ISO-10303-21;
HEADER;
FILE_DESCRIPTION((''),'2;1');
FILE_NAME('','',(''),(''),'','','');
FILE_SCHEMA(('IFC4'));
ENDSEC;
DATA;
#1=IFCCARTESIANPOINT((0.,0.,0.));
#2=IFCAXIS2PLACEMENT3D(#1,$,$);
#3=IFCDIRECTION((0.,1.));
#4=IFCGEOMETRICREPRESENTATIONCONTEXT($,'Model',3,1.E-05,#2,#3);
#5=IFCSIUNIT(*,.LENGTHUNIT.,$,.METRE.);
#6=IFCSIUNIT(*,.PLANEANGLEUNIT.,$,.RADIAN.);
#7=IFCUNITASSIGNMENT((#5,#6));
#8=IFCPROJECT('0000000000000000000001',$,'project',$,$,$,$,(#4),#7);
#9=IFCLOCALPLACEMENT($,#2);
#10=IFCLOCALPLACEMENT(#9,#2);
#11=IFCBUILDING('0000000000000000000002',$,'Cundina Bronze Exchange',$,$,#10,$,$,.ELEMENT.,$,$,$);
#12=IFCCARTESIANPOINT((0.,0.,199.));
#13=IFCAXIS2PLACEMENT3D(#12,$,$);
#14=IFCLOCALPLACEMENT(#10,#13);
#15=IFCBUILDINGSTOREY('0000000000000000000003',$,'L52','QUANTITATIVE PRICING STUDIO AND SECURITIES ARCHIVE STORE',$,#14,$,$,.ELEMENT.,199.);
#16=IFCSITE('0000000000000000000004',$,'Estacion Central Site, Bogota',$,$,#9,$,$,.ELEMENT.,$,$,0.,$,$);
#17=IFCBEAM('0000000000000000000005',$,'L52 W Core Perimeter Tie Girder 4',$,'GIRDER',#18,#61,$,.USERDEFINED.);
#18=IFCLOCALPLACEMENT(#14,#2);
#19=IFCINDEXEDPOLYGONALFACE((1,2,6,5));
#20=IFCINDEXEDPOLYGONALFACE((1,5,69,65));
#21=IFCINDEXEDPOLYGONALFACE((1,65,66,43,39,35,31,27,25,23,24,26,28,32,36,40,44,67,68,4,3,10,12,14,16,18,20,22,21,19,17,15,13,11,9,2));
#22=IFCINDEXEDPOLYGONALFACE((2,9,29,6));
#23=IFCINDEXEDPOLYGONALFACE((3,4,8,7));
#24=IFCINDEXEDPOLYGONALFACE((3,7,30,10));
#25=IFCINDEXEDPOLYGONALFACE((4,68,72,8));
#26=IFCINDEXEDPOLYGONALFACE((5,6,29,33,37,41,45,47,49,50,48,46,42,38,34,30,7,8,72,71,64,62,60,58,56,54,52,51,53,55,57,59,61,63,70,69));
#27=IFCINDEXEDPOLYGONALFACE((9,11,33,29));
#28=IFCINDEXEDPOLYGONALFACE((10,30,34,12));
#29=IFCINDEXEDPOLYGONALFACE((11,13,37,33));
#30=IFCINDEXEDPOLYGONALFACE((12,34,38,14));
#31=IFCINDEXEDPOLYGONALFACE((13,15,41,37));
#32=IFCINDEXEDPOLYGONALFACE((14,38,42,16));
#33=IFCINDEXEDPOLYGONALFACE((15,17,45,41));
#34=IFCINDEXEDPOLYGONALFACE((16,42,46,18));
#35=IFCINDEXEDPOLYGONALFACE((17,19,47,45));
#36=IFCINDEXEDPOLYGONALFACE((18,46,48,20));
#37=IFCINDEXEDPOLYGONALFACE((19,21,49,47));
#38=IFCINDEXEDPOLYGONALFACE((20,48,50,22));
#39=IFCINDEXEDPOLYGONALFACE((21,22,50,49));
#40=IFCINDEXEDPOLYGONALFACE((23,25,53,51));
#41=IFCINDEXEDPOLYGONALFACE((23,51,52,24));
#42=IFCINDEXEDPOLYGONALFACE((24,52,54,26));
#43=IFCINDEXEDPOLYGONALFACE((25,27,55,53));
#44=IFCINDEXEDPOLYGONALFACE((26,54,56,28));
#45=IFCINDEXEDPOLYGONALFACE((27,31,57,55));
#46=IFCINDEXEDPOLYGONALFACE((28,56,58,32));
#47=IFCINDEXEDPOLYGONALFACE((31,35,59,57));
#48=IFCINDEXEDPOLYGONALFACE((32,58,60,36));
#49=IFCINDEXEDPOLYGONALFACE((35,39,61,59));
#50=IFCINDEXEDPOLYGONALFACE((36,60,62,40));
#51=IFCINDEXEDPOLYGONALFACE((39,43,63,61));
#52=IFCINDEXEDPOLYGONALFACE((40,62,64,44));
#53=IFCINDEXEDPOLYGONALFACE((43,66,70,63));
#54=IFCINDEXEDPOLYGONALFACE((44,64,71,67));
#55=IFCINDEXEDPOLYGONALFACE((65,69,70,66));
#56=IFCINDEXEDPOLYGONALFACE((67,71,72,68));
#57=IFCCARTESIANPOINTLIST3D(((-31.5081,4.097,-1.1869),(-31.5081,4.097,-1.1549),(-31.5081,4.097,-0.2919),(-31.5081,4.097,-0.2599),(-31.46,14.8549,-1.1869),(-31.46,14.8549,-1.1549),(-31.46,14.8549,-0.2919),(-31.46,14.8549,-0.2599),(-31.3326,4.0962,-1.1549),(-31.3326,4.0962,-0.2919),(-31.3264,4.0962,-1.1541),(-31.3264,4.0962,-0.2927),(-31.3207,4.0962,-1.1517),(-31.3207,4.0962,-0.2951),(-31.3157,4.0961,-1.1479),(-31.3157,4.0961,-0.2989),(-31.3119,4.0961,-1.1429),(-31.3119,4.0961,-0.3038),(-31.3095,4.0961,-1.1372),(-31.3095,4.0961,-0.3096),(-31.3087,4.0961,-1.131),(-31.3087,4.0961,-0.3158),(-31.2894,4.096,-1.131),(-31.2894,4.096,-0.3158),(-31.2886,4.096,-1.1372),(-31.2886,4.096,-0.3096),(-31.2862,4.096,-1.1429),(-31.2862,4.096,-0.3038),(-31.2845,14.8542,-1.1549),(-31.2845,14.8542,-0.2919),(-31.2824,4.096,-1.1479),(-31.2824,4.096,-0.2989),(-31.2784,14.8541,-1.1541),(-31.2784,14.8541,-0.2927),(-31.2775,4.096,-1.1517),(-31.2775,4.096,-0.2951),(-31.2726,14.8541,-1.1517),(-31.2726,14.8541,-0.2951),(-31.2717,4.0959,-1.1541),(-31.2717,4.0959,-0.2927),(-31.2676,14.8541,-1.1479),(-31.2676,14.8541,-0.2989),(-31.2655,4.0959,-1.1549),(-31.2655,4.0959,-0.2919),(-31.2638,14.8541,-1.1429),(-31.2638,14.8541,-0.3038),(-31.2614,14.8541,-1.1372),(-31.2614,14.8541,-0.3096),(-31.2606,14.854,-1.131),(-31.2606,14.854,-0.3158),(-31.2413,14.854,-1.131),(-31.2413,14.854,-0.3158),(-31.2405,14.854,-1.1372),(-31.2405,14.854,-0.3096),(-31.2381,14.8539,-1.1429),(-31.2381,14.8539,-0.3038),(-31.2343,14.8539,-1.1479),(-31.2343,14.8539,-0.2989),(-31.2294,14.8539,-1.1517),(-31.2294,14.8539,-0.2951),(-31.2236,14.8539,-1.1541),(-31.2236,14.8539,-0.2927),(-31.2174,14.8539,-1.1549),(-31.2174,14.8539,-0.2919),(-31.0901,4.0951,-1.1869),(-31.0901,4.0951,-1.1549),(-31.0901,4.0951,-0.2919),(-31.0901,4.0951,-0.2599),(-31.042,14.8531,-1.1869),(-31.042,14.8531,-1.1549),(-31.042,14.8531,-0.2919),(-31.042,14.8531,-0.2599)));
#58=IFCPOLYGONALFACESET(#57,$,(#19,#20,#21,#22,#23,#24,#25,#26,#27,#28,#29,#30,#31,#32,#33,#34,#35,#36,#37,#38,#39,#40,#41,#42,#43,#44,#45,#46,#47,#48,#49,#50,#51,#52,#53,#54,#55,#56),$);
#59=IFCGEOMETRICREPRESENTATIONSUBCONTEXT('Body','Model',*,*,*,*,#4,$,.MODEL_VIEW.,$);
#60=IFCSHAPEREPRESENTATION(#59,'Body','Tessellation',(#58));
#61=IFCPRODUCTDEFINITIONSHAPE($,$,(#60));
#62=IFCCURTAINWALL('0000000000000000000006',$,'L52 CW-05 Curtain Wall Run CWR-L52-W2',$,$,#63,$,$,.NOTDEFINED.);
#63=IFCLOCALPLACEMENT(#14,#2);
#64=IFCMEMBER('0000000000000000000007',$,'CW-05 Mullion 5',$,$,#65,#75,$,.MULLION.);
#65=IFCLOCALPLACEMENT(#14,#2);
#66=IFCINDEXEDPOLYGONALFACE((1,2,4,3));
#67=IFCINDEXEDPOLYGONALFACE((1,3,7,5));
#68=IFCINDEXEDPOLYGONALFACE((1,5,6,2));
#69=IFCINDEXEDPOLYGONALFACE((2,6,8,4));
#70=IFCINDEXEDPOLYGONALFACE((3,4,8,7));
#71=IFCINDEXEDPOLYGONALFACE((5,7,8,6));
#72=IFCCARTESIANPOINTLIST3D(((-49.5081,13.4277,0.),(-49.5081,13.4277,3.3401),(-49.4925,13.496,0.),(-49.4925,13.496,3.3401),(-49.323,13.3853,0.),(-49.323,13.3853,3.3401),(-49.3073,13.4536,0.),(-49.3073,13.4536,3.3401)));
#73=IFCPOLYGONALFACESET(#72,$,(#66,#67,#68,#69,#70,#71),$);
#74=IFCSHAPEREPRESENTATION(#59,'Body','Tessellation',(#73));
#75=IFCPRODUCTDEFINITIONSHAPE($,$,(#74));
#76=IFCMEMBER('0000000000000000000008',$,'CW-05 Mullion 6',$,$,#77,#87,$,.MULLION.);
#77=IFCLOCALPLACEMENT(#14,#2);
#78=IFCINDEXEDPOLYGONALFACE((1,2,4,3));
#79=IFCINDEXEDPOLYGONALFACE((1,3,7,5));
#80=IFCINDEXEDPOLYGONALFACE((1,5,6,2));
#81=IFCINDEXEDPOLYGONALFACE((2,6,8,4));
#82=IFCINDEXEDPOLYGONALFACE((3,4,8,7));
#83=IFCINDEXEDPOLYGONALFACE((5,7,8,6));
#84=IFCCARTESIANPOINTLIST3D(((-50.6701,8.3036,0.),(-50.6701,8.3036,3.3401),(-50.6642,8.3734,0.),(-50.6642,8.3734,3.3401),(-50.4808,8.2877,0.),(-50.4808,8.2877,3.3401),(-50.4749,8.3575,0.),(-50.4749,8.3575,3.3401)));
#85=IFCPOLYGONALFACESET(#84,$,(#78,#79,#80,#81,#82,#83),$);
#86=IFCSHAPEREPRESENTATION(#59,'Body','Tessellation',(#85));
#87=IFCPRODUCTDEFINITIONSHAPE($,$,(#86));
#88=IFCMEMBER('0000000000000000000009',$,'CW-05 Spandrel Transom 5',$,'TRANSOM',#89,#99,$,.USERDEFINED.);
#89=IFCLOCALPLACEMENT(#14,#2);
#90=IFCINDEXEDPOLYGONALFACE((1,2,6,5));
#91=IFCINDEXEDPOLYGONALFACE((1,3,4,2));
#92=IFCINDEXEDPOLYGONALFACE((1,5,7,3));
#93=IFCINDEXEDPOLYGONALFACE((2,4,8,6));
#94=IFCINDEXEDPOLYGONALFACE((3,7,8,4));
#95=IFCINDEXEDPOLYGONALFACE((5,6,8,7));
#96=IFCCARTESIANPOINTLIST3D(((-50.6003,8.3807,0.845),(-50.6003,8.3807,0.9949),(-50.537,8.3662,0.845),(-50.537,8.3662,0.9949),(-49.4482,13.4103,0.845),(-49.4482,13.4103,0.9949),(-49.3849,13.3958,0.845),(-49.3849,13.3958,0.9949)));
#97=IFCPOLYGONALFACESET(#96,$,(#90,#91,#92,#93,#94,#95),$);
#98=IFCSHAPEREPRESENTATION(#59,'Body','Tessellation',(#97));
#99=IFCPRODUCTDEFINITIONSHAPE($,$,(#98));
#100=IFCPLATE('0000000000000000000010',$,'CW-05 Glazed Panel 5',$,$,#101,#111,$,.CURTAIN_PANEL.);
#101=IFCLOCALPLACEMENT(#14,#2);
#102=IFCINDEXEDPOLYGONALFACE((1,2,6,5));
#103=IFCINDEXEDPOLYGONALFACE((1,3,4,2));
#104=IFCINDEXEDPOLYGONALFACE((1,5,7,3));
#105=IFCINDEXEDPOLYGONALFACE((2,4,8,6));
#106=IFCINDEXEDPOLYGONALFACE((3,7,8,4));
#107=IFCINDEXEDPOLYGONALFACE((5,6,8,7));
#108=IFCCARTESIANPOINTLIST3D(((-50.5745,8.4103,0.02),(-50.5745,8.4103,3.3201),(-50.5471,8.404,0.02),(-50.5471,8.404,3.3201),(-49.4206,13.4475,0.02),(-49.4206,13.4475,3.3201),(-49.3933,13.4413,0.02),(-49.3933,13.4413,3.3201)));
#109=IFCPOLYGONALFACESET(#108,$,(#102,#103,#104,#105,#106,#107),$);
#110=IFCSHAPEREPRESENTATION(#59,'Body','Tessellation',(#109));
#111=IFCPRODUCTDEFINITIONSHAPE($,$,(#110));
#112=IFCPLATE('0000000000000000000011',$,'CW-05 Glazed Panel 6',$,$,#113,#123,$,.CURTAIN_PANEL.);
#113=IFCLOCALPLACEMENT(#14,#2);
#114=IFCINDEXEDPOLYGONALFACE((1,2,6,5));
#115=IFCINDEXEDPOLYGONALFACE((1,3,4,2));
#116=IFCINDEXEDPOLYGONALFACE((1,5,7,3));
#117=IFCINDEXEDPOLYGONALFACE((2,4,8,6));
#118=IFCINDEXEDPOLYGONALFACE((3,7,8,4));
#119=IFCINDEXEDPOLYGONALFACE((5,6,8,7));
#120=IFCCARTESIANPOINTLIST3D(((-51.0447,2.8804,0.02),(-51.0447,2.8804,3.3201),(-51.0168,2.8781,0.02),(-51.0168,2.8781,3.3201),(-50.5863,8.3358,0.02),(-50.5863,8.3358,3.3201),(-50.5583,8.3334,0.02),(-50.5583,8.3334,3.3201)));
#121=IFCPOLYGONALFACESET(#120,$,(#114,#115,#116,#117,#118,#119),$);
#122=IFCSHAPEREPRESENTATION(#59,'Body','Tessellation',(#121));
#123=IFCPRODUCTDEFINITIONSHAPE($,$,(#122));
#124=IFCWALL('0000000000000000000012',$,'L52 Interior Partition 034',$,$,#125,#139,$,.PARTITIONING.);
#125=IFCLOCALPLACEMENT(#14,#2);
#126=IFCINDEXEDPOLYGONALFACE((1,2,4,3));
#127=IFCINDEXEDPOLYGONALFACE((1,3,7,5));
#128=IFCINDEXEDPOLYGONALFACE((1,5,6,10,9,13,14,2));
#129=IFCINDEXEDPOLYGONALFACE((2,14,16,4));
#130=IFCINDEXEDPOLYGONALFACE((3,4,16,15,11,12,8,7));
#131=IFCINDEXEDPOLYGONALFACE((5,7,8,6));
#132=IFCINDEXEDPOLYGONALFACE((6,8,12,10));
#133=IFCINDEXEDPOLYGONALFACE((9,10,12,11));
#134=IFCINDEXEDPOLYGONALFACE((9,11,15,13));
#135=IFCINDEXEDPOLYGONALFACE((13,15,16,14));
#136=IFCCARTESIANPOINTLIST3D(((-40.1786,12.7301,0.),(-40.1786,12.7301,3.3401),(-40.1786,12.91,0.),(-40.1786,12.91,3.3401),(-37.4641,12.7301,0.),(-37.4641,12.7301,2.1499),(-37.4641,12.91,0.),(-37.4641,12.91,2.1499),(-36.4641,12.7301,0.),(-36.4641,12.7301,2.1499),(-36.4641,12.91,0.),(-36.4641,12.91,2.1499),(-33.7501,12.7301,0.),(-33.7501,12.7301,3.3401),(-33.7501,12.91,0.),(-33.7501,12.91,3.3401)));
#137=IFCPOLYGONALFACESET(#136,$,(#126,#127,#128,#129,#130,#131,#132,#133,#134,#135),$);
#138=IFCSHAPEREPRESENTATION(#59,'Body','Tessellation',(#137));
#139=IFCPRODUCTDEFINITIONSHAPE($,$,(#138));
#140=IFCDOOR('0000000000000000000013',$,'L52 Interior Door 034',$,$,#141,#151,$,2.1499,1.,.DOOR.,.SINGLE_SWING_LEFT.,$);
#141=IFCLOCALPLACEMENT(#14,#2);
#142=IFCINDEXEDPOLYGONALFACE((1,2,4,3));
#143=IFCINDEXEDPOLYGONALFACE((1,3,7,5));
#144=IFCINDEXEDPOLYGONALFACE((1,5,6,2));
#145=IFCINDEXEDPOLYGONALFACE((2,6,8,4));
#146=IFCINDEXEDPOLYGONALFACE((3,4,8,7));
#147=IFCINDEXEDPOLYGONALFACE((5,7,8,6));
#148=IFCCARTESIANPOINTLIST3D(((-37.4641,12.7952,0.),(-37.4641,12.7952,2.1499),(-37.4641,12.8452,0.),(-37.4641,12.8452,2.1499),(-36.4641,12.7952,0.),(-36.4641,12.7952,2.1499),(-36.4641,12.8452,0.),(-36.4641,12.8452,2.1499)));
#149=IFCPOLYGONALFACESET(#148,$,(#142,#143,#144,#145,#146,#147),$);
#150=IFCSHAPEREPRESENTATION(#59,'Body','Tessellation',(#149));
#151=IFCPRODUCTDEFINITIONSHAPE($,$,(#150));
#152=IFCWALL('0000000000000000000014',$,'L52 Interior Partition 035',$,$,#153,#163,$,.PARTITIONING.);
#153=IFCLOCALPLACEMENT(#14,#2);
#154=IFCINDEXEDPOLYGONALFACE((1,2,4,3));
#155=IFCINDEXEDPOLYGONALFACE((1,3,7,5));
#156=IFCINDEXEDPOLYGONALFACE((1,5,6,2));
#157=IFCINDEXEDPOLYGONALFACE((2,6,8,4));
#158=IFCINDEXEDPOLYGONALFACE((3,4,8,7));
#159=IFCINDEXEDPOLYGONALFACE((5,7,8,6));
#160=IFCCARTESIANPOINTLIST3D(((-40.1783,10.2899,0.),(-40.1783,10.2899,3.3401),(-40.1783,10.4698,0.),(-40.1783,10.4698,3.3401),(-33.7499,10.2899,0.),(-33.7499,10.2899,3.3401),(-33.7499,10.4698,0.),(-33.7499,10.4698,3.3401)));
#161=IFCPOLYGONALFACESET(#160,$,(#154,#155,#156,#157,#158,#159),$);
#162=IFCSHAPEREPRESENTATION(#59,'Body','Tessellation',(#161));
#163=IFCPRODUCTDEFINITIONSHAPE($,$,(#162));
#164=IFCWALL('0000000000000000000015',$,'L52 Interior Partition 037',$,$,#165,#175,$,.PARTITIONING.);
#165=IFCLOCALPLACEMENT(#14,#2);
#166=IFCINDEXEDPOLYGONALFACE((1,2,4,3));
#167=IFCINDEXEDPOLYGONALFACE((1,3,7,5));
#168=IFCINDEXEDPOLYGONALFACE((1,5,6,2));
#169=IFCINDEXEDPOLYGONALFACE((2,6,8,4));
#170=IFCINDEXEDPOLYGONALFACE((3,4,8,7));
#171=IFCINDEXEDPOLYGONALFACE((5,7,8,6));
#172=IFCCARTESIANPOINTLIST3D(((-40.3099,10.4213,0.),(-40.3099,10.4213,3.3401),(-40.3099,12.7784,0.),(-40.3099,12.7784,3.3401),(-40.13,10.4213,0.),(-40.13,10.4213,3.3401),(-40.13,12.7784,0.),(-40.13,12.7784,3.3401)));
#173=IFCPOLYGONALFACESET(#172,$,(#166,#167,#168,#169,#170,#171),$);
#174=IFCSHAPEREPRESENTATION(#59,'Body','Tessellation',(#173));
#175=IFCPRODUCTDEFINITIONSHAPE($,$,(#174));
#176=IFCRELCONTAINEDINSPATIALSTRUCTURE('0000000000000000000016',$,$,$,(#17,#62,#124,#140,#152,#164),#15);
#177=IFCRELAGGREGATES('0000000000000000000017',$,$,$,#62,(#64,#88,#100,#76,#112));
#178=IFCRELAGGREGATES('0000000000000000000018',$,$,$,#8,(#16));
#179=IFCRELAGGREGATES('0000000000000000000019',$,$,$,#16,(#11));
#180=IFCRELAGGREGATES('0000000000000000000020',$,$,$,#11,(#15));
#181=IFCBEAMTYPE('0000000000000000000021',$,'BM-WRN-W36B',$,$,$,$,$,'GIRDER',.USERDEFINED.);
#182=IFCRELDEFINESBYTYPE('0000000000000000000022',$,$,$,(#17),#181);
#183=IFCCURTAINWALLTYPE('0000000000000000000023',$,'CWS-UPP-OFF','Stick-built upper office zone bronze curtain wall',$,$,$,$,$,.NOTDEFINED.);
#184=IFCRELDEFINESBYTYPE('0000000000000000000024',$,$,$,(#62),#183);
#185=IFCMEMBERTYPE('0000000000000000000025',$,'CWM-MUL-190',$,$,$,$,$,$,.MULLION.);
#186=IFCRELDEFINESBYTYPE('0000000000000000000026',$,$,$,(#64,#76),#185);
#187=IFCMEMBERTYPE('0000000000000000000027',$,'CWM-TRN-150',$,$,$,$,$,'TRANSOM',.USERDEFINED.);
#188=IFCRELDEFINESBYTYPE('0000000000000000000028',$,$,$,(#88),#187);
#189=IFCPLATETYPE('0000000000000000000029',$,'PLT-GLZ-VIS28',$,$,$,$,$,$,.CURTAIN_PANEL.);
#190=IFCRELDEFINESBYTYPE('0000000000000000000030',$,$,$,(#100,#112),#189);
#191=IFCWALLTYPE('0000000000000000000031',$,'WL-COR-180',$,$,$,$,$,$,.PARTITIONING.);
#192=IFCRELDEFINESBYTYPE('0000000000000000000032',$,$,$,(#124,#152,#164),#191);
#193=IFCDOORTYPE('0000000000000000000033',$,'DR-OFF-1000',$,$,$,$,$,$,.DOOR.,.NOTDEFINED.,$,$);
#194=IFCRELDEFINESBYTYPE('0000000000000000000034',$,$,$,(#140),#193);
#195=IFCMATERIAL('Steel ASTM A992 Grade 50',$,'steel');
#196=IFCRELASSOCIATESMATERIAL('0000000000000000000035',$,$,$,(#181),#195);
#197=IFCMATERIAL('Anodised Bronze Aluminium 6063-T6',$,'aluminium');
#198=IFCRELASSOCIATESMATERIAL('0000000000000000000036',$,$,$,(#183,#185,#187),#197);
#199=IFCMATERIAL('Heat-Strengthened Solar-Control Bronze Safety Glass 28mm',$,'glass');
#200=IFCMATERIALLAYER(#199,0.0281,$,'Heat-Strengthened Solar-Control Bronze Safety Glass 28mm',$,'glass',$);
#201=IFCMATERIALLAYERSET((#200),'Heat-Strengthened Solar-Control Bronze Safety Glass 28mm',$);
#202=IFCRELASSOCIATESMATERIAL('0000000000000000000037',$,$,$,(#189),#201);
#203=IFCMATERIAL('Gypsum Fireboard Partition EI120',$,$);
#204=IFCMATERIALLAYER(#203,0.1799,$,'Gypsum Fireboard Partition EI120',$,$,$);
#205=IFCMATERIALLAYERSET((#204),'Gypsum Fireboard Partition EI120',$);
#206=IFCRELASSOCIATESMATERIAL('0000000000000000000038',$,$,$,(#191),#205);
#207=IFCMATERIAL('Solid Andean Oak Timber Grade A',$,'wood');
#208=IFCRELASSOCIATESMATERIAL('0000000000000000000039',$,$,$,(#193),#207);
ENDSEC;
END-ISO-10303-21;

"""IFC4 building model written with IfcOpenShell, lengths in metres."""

from ifc_helpers import new_model, si_unit, direction, frame, frame_2d, origin, origin_2d, place, context, subcontext, project, spatial, rectangle, i_section, extrude, material, layer, layer_set, material_profile, profile_set, type_object, element, fill, aggregate, save


model = new_model("IFC4")

# Units and contexts
model_context = context("Model", 3, precision=1e-05, world=origin(), true_north=direction((0.0, 1.0)))
body_context = subcontext(model_context, "Body", "Model", "MODEL_VIEW")
ifc_project = project(units=[si_unit("LENGTHUNIT", "METRE"), si_unit("PLANEANGLEUNIT", "RADIAN")], contexts=[model_context])

# Site, building, storey
site_placement = place(None, origin())
site = spatial("IfcSite", under=ifc_project, at=site_placement, Name="Estacion Central Site, Bogota", CompositionType="ELEMENT", RefElevation=0.0)
building_placement = place(site_placement, origin())
building = spatial("IfcBuilding", under=site, at=building_placement, Name="Cundina Bronze Exchange", CompositionType="ELEMENT")
storey_placement = place(building_placement, frame((0.0, 0.0, 199.0)))
storey = spatial("IfcBuildingStorey", under=building, at=storey_placement, Name="L52", Description="QUANTITATIVE PRICING STUDIO AND SECURITIES ARCHIVE STORE", CompositionType="ELEMENT", Elevation=199.0)

# Shared definitions
ifc_material_1 = material(Name="Steel ASTM A992 Grade 50", Category="steel")

# Beam
ifc_material_profile_1 = material_profile(ifc_material_1, i_section(OverallWidth=0.418, OverallDepth=0.927, WebThickness=0.0193, FlangeThickness=0.032, FilletRadius=0.0239, at=origin_2d()), Name="W36X231", Category="steel")
ifc_profile_set_1 = profile_set([ifc_material_profile_1], Name="Steel ASTM A992 Grade 50")
beam_type_1 = type_object("IfcBeamType", Name="BM-WRN-W36B", ElementType="GIRDER", PredefinedType="USERDEFINED", material=ifc_profile_set_1)
beam_1_placement = place(storey_placement, frame((-31.251, 14.854, -0.7234), z_axis=(-0.004471, -0.99999, 0.0), x_axis=(0.99999, -0.004471, 0.0)))
element("IfcBeam", 1, at=beam_1_placement, inside=storey, type_object=beam_type_1, Name="L52 W Core Perimeter Tie Girder 4", ObjectType="GIRDER", PredefinedType="USERDEFINED", context=body_context, shape_type="SweptSolid", body=[
    extrude(i_section(OverallWidth=0.418, OverallDepth=0.927, WebThickness=0.0193, FlangeThickness=0.032, FilletRadius=0.0239, at=origin_2d()), origin(), (0.0, 0.0, 1.0), 10.7581),
])

# Curtain wall, members, plates
ifc_material_2 = material(Name="Anodised Bronze Aluminium 6063-T6", Category="aluminium")
curtain_wall_type = type_object("IfcCurtainWallType", Name="CWS-UPP-OFF", Description="Stick-built upper office zone bronze curtain wall", PredefinedType="NOTDEFINED", material=ifc_material_2)
curtain_wall_placement = place(storey_placement, origin())
curtain_wall = element("IfcCurtainWall", 2, at=curtain_wall_placement, inside=storey, type_object=curtain_wall_type, Name="L52 CW-05 Curtain Wall Run CWR-L52-W2", PredefinedType="NOTDEFINED")
ifc_material_profile_2 = material_profile(ifc_material_2, rectangle(XDim=0.0701, YDim=0.1899, at=origin_2d()), Name="AL70X190", Category="aluminium")
ifc_profile_set_2 = profile_set([ifc_material_profile_2], Name="Anodised Bronze Aluminium 6063-T6")
member_type_1 = type_object("IfcMemberType", Name="CWM-MUL-190", PredefinedType="MULLION", material=ifc_profile_set_2)
member_1_placement = place(storey_placement, frame((-49.4077, 13.4407, 0.0), z_axis=(0.0, 0.0, 1.0), x_axis=(-0.22325, -0.974761, 0.0)))
member_1 = element("IfcMember", 3, at=member_1_placement, type_object=member_type_1, Name="CW-05 Mullion 5", PredefinedType="MULLION", context=body_context, shape_type="SweptSolid", body=[
    extrude(rectangle(XDim=0.0701, YDim=0.1899, at=origin_2d()), origin(), (0.0, 0.0, 1.0), 3.3401),
])
member_2_placement = place(storey_placement, frame((-50.5725, 8.3306, 0.0), z_axis=(0.0, 0.0, 1.0), x_axis=(-0.083678, -0.996493, 0.0)))
member_2 = element("IfcMember", 4, at=member_2_placement, type_object=member_type_1, Name="CW-05 Mullion 6", PredefinedType="MULLION", context=body_context, shape_type="SweptSolid", body=[
    extrude(rectangle(XDim=0.0701, YDim=0.1899, at=origin_2d()), origin(), (0.0, 0.0, 1.0), 3.3401),
])
ifc_material_profile_3 = material_profile(ifc_material_2, rectangle(XDim=0.0649, YDim=0.1499, at=origin_2d()), Name="AL65X150", Category="aluminium")
ifc_profile_set_3 = profile_set([ifc_material_profile_3], Name="Anodised Bronze Aluminium 6063-T6")
member_type_2 = type_object("IfcMemberType", Name="CWM-TRN-150", ElementType="TRANSOM", PredefinedType="USERDEFINED", material=ifc_profile_set_3)
member_3_placement = place(storey_placement, frame((-49.4165, 13.4031, 0.9199), z_axis=(-0.223283, -0.974754, 0.0), x_axis=(0.974754, -0.223283, 0.0)))
member_3 = element("IfcMember", 5, at=member_3_placement, type_object=member_type_2, Name="CW-05 Spandrel Transom 5", ObjectType="TRANSOM", PredefinedType="USERDEFINED", context=body_context, shape_type="SweptSolid", body=[
    extrude(rectangle(XDim=0.0649, YDim=0.1499, at=origin_2d()), origin(), (0.0, 0.0, 1.0), 5.1599),
])
ifc_material_3 = material(Name="Heat-Strengthened Solar-Control Bronze Safety Glass 28mm", Category="glass")
ifc_layer_1 = layer(ifc_material_3, 0.0281, Name="Heat-Strengthened Solar-Control Bronze Safety Glass 28mm", Category="glass")
ifc_layer_set_1 = layer_set([ifc_layer_1], Name="Heat-Strengthened Solar-Control Bronze Safety Glass 28mm")
plate_type = type_object("IfcPlateType", Name="PLT-GLZ-VIS28", PredefinedType="CURTAIN_PANEL", material=ifc_layer_set_1)
plate_1_placement = place(storey_placement, frame((-49.9839, 10.9258, 0.02), z_axis=(0.0, 0.0, 1.0), x_axis=(-0.223284, -0.974753, 0.0)))
plate_1 = element("IfcPlate", 6, at=plate_1_placement, type_object=plate_type, Name="CW-05 Glazed Panel 5", PredefinedType="CURTAIN_PANEL", context=body_context, shape_type="SweptSolid", body=[
    extrude(rectangle(XDim=5.1677, YDim=0.0281, at=origin_2d()), origin(), (0.0, 0.0, 1.0), 3.3),
])
plate_2_placement = place(storey_placement, frame((-50.8015, 5.6069, 0.02), z_axis=(0.0, 0.0, 1.0), x_axis=(-0.083747, -0.996487, 0.0)))
plate_2 = element("IfcPlate", 7, at=plate_2_placement, type_object=plate_type, Name="CW-05 Glazed Panel 6", PredefinedType="CURTAIN_PANEL", context=body_context, shape_type="SweptSolid", body=[
    extrude(rectangle(XDim=5.4746, YDim=0.0281, at=origin_2d()), origin(), (0.0, 0.0, 1.0), 3.3),
])
aggregate(curtain_wall, [member_1, member_3, plate_1, member_2, plate_2])

# Wall, opening, door
ifc_material_4 = material(Name="Gypsum Fireboard Partition EI120")
ifc_layer_2 = layer(ifc_material_4, 0.1799, Name="Gypsum Fireboard Partition EI120")
ifc_layer_set_2 = layer_set([ifc_layer_2], Name="Gypsum Fireboard Partition EI120")
wall_type_1 = type_object("IfcWallType", Name="WL-COR-180", PredefinedType="PARTITIONING", material=ifc_layer_set_2)
ifc_material_5 = material(Name="Solid Andean Oak Timber Grade A", Category="wood")
door_type_1 = type_object("IfcDoorType", Name="DR-OFF-1000", OperationType="NOTDEFINED", PredefinedType="DOOR", material=ifc_material_5)
wall_1_placement = place(storey_placement, frame((-33.75, 12.8201, 0.0), z_axis=(0.0, 0.0, 1.0), x_axis=(-1.0, 0.0, 0.0)))
wall_1 = element("IfcWall", 8, at=wall_1_placement, inside=storey, type_object=wall_type_1, Name="L52 Interior Partition 034", PredefinedType="PARTITIONING", context=body_context, shape_type="SweptSolid", body=[
    extrude(rectangle(XDim=6.4285, YDim=0.1799, at=frame_2d((3.2144, 0.0))), origin(), (0.0, 0.0, 1.0), 3.3401),
])
opening_1_placement = place(wall_1_placement, frame((2.7141, 0.0, 0.0)))
opening_1 = element("IfcOpeningElement", 9, at=opening_1_placement, cuts=wall_1, PredefinedType="OPENING", context=body_context, shape_type="SweptSolid", body=[
    extrude(rectangle(XDim=1.0, YDim=2.1499, at=frame_2d((0.5, 1.075))), frame((0.0, 0.0999, 0.0), z_axis=(0.0, -1.0, 0.0), x_axis=(1.0, 0.0, 0.0)), (0.0, 0.0, 1.0), 0.2),
])
door_1_placement = place(opening_1_placement, origin())
door_1 = element("IfcDoor", 10, at=door_1_placement, inside=storey, type_object=door_type_1, Name="L52 Interior Door 034", OperationType="SINGLE_SWING_LEFT", OverallHeight=2.1499, OverallWidth=1.0, PredefinedType="DOOR", context=body_context, shape_type="SweptSolid", body=[
    extrude(rectangle(XDim=1.0, YDim=2.1499, at=frame_2d((0.5, 1.075))), frame((0.0, 0.0249, 0.0), z_axis=(0.0, -1.0, 0.0), x_axis=(1.0, 0.0, 0.0)), (0.0, 0.0, 1.0), 0.05),
])
fill(opening_1, door_1)

# Walls
wall_2_placement = place(storey_placement, frame((-40.1785, 10.3799, 0.0), z_axis=(0.0, 0.0, 1.0), x_axis=(1.0, 0.0, 0.0)))
element("IfcWall", 11, at=wall_2_placement, inside=storey, type_object=wall_type_1, Name="L52 Interior Partition 035", PredefinedType="PARTITIONING", context=body_context, shape_type="SweptSolid", body=[
    extrude(rectangle(XDim=6.4285, YDim=0.1799, at=frame_2d((3.2144, 0.0))), origin(), (0.0, 0.0, 1.0), 3.3401),
])
wall_3_placement = place(storey_placement, frame((-40.22, 12.7786, 0.0), z_axis=(0.0, 0.0, 1.0), x_axis=(0.0, -1.0, 0.0)))
element("IfcWall", 12, at=wall_3_placement, inside=storey, type_object=wall_type_1, Name="L52 Interior Partition 037", PredefinedType="PARTITIONING", context=body_context, shape_type="SweptSolid", body=[
    extrude(rectangle(XDim=2.3572, YDim=0.1799, at=frame_2d((1.1787, 0.0))), origin(), (0.0, 0.0, 1.0), 3.3401),
])

save(model, "model.ifc")
